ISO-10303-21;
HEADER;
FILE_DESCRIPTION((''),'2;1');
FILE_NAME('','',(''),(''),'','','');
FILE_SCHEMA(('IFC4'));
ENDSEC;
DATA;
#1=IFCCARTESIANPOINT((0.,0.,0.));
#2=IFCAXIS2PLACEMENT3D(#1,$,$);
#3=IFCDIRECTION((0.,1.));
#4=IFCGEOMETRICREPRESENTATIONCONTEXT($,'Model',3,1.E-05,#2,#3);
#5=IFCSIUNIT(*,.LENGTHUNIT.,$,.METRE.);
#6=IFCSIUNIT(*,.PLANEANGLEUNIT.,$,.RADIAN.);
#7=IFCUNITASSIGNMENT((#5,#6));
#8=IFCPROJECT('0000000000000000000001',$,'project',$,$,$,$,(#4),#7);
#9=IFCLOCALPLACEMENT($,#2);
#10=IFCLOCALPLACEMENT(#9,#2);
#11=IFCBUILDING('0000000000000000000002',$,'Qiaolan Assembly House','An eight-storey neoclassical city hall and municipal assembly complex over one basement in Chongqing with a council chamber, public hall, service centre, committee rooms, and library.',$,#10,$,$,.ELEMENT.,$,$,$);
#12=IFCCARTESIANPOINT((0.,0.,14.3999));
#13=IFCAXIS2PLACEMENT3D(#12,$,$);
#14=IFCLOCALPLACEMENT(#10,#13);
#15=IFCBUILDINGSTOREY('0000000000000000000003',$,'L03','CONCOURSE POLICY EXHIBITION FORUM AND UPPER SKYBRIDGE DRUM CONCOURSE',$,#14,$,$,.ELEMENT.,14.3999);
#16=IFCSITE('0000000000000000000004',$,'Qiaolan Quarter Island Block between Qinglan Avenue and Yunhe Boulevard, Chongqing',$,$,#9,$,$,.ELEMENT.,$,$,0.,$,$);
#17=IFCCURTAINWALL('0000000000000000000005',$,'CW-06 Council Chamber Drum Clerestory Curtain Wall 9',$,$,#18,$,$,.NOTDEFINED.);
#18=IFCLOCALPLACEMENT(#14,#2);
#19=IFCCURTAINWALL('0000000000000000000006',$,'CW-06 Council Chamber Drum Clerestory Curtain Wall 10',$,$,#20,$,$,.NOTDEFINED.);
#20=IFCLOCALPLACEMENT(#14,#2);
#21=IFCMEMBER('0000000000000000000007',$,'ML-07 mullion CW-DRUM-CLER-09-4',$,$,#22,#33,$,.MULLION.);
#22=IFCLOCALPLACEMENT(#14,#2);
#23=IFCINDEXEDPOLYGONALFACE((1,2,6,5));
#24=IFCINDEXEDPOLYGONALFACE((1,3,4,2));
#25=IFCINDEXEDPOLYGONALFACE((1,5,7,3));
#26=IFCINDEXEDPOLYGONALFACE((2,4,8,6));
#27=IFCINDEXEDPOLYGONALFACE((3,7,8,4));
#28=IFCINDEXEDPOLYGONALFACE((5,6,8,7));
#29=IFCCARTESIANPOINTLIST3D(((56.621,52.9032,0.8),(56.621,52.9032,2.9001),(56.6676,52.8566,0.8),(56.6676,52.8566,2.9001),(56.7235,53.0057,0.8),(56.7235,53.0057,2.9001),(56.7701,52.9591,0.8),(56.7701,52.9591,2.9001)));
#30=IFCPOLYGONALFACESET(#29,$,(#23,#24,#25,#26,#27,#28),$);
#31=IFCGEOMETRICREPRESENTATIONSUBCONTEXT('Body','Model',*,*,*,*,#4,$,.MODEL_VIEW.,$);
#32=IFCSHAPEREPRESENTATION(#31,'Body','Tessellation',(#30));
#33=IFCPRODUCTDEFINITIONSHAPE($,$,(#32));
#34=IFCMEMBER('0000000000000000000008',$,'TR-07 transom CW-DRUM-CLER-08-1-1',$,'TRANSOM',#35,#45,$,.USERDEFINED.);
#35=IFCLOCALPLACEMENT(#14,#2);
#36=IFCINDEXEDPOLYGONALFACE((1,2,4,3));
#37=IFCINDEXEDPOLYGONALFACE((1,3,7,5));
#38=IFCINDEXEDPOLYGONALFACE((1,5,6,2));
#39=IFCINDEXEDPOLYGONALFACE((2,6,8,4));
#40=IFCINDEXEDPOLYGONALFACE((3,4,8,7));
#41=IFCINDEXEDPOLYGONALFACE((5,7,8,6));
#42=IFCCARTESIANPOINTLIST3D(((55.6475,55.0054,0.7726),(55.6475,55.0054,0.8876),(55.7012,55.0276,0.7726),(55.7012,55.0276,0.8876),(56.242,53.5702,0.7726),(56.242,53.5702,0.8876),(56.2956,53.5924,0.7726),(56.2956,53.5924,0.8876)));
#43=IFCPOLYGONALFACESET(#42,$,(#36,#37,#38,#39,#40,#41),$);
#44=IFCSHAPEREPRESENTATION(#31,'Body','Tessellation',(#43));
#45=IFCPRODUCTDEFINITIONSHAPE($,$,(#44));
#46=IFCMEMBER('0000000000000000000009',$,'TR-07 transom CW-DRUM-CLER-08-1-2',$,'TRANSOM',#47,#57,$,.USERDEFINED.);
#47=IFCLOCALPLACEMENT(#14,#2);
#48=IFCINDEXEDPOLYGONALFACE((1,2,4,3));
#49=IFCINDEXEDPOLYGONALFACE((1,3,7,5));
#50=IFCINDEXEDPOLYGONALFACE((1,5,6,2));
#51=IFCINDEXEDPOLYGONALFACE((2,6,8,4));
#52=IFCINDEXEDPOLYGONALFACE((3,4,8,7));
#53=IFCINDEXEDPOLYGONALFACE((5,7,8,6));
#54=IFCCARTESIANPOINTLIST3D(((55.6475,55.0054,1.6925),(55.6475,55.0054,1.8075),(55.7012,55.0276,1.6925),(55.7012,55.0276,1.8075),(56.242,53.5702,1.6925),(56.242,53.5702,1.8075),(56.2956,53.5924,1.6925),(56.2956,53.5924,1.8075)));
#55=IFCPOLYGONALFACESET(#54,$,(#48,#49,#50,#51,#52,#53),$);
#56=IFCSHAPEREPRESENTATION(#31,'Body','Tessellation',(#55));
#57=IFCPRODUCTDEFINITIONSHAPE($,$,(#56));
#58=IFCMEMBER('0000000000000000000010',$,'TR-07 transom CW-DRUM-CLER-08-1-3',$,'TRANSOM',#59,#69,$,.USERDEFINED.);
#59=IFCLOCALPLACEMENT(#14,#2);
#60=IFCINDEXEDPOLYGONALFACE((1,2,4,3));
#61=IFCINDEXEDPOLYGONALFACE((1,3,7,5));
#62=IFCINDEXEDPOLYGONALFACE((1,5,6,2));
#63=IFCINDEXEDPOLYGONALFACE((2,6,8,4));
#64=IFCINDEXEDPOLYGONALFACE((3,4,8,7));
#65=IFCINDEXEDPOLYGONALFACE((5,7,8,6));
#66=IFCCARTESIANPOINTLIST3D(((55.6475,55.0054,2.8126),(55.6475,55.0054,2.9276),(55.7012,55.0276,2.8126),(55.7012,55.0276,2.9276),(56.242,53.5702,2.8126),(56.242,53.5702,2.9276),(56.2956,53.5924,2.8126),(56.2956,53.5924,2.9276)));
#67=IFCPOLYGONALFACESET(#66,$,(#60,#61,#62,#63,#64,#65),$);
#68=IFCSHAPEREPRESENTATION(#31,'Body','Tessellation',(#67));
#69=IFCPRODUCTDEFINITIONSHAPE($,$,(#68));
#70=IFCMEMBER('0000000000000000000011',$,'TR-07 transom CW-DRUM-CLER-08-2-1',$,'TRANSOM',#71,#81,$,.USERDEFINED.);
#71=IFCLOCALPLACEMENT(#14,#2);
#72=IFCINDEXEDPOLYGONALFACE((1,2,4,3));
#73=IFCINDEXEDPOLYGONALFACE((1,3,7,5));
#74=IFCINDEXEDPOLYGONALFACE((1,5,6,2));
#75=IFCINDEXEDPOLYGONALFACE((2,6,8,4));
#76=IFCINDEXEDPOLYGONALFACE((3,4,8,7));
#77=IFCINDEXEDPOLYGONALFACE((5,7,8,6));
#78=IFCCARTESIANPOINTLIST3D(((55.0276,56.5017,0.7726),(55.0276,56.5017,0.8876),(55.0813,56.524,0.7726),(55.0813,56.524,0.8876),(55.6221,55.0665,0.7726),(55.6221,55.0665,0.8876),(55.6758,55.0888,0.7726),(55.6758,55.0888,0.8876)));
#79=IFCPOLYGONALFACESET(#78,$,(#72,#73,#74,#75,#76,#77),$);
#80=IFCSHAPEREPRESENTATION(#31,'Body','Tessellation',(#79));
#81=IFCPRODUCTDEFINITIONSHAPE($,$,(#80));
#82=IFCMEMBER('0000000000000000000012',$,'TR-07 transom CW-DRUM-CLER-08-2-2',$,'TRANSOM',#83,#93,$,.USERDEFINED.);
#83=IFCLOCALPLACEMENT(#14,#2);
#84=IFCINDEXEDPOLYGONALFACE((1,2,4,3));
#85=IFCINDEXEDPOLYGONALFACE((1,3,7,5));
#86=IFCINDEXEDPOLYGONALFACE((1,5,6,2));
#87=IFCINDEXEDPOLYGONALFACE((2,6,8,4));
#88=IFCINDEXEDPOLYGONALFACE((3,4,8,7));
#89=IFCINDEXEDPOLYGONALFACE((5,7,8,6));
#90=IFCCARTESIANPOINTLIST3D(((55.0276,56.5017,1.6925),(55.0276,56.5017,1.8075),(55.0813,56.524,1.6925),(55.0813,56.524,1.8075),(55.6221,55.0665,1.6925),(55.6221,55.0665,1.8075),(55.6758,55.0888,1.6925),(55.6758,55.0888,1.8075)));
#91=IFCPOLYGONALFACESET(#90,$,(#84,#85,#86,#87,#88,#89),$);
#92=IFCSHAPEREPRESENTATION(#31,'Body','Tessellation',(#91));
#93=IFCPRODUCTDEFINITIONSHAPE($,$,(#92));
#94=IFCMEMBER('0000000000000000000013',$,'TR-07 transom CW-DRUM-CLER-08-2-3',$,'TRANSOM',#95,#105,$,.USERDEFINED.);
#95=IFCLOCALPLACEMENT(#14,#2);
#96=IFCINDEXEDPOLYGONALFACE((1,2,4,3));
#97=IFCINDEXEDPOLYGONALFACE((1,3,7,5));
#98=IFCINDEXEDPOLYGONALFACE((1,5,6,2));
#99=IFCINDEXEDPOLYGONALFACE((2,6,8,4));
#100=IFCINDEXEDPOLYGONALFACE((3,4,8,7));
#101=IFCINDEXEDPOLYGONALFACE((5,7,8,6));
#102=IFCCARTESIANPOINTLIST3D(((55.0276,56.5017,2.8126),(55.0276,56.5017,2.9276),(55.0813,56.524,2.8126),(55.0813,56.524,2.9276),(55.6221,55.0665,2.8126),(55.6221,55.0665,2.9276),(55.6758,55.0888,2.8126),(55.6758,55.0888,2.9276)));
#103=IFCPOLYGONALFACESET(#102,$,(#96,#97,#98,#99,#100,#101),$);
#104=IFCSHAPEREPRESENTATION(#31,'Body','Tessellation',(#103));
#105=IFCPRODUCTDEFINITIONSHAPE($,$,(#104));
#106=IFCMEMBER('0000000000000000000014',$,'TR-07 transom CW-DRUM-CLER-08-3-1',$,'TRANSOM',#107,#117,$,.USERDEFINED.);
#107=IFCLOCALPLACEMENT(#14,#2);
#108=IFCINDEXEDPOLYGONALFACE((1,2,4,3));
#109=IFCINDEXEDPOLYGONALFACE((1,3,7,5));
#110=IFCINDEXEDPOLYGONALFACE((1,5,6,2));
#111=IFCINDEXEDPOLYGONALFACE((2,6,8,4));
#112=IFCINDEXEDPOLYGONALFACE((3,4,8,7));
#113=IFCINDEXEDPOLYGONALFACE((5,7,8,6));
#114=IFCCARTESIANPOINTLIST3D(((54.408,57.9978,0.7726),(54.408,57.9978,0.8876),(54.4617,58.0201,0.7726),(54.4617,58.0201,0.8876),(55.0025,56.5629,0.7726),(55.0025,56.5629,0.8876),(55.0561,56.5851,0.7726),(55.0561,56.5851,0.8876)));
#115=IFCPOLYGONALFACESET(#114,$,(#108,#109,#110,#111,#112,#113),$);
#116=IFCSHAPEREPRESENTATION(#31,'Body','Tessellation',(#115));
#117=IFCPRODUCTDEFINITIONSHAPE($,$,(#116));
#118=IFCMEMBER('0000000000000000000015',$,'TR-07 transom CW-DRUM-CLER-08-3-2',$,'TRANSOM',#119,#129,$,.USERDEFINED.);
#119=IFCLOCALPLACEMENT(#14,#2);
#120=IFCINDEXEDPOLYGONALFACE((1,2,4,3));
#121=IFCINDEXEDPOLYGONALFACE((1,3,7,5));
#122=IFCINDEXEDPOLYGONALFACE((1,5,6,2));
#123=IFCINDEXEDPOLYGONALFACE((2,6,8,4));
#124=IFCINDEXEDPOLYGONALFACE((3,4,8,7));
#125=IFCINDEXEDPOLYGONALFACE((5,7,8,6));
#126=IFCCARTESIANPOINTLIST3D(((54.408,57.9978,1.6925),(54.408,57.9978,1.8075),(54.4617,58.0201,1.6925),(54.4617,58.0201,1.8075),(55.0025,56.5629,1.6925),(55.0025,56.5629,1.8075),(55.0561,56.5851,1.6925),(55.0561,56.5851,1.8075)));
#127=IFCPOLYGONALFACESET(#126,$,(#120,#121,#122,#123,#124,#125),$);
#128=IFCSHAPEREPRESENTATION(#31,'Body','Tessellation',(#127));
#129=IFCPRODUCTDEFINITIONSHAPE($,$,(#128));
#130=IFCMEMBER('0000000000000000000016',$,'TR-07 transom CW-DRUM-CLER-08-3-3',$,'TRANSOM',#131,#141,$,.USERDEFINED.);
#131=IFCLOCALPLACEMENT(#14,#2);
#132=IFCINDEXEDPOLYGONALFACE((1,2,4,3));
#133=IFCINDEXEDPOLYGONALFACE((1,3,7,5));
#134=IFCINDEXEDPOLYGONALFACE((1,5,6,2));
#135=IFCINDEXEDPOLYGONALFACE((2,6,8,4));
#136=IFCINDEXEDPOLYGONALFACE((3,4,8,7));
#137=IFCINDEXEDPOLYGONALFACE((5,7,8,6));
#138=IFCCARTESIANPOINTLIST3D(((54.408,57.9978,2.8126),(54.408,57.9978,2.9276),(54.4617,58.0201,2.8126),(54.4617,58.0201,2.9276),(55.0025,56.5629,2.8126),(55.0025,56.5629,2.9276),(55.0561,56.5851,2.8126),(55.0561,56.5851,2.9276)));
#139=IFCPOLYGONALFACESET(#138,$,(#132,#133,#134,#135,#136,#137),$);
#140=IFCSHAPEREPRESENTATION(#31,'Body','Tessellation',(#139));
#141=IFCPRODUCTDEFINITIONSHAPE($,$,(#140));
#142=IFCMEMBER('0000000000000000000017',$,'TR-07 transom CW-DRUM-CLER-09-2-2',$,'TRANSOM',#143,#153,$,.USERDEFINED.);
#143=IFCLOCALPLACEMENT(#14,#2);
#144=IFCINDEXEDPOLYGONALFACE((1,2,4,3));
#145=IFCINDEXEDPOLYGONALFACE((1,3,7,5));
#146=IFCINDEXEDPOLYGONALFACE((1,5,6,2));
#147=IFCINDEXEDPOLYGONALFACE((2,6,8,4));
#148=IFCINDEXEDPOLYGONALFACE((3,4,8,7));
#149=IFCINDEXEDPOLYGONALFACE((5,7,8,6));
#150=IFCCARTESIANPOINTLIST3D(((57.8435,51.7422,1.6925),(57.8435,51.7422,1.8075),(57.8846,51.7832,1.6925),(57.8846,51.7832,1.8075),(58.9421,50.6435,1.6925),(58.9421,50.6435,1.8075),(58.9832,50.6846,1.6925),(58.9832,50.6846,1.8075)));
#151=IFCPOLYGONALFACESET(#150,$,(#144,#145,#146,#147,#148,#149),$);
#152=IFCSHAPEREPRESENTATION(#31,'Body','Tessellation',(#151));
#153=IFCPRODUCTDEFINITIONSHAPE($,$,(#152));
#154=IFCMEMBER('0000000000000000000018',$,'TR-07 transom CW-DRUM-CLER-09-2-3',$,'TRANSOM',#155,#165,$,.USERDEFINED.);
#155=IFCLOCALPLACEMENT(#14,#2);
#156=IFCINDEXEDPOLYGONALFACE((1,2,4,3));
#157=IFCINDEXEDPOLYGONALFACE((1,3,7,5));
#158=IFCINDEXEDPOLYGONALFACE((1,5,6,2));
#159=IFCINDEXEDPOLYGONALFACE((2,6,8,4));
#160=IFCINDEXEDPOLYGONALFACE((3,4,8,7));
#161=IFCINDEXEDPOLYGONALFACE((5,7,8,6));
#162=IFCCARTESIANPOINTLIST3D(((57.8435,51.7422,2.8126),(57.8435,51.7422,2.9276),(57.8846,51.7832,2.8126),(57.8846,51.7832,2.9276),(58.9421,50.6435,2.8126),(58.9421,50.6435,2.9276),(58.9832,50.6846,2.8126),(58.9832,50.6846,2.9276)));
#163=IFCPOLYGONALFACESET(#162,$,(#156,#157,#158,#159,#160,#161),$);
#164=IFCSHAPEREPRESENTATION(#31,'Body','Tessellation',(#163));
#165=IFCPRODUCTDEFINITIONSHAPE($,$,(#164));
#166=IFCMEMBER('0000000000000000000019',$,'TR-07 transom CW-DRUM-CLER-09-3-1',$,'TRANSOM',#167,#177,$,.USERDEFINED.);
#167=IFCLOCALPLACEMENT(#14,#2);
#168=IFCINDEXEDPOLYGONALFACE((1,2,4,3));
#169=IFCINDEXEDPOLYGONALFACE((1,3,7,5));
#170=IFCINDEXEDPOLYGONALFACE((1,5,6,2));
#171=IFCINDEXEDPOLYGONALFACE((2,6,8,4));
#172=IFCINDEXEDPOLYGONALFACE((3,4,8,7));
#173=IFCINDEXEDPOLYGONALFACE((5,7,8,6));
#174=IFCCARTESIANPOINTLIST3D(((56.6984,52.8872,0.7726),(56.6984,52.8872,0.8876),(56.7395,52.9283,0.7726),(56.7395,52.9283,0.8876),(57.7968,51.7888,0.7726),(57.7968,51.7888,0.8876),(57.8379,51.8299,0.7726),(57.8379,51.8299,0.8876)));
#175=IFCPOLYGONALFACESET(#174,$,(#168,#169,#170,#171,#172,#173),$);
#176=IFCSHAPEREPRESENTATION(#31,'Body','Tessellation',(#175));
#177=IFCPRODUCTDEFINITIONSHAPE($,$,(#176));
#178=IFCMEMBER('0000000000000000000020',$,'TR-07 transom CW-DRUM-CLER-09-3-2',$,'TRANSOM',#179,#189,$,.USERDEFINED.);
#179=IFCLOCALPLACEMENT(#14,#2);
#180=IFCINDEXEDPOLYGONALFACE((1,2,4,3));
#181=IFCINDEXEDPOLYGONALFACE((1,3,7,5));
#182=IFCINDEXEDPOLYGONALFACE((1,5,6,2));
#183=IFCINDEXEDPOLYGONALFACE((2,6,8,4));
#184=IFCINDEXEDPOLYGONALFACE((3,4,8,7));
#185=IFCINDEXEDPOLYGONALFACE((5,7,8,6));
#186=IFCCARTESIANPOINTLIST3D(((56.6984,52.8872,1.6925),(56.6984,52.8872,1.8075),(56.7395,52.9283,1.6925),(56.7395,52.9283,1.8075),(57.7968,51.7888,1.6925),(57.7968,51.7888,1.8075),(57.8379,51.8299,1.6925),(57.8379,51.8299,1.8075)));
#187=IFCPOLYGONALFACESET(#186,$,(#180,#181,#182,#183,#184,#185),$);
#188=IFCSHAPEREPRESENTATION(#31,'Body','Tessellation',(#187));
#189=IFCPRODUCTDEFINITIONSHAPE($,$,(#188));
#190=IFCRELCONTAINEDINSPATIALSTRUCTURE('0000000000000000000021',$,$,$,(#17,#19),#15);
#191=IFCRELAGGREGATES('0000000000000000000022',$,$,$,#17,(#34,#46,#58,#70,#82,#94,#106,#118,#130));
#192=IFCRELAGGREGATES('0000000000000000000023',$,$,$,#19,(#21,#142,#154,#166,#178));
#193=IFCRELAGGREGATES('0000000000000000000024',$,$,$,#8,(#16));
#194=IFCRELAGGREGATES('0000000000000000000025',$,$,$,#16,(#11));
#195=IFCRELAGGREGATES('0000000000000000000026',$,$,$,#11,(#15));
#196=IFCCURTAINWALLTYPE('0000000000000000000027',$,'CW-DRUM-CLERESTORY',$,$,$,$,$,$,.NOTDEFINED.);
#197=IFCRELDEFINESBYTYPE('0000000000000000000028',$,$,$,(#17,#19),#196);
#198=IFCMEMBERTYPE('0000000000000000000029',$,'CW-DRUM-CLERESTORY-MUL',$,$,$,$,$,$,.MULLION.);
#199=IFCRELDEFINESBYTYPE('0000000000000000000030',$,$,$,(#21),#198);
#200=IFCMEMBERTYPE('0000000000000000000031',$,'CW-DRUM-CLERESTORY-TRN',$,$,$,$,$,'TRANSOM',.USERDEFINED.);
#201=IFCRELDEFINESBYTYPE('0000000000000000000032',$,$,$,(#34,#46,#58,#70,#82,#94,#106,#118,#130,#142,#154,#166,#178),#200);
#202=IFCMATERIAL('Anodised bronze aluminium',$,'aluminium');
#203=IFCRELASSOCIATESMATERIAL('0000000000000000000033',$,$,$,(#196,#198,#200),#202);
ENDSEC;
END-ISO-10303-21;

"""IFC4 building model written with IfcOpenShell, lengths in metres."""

from ifc_helpers import new_model, si_unit, direction, frame, origin, origin_2d, place, context, subcontext, project, spatial, rectangle, extrude, material, material_profile, profile_set, type_object, element, aggregate, save


model = new_model("IFC4")

# Units and contexts
model_context = context("Model", 3, precision=1e-05, world=origin(), true_north=direction((0.0, 1.0)))
body_context = subcontext(model_context, "Body", "Model", "MODEL_VIEW")
ifc_project = project(units=[si_unit("LENGTHUNIT", "METRE"), si_unit("PLANEANGLEUNIT", "RADIAN")], contexts=[model_context])

# Site, building, storey
site_placement = place(None, origin())
site = spatial("IfcSite", under=ifc_project, at=site_placement, Name="Qiaolan Quarter Island Block between Qinglan Avenue and Yunhe Boulevard, Chongqing", CompositionType="ELEMENT", RefElevation=0.0)
building_placement = place(site_placement, origin())
building = spatial("IfcBuilding", under=site, at=building_placement, Name="Qiaolan Assembly House", Description="An eight-storey neoclassical city hall and municipal assembly complex over one basement in Chongqing with a council chamber, public hall, service centre, committee rooms, and library.", CompositionType="ELEMENT")
storey_placement = place(building_placement, frame((0.0, 0.0, 14.3999)))
storey = spatial("IfcBuildingStorey", under=building, at=storey_placement, Name="L03", Description="CONCOURSE POLICY EXHIBITION FORUM AND UPPER SKYBRIDGE DRUM CONCOURSE", CompositionType="ELEMENT", Elevation=14.3999)

# Curtain walls, member
ifc_material_1 = material(Name="Anodised bronze aluminium", Category="aluminium")
curtain_wall_type = type_object("IfcCurtainWallType", Name="CW-DRUM-CLERESTORY", PredefinedType="NOTDEFINED", material=ifc_material_1)
curtain_wall_1_placement = place(storey_placement, origin())
curtain_wall_1 = element("IfcCurtainWall", 1, at=curtain_wall_1_placement, inside=storey, type_object=curtain_wall_type, Name="CW-06 Council Chamber Drum Clerestory Curtain Wall 9", PredefinedType="NOTDEFINED")
ifc_material_profile_1 = material_profile(ifc_material_1, rectangle(XDim=0.0659, YDim=0.145, at=origin_2d()), Name="MUL 66x145")
ifc_profile_set_1 = profile_set([ifc_material_profile_1], Name="Anodised bronze aluminium")
member_type_1 = type_object("IfcMemberType", Name="CW-DRUM-CLERESTORY-MUL", PredefinedType="MULLION", material=ifc_profile_set_1)
curtain_wall_2_placement = place(storey_placement, origin())
curtain_wall_2 = element("IfcCurtainWall", 2, at=curtain_wall_2_placement, inside=storey, type_object=curtain_wall_type, Name="CW-06 Council Chamber Drum Clerestory Curtain Wall 10", PredefinedType="NOTDEFINED")
member_1_placement = place(storey_placement, frame((56.6956, 52.9312, 0.8), z_axis=(0.0, 0.0, 1.0), x_axis=(-0.707107, 0.707107, 0.0)))
member_1 = element("IfcMember", 3, at=member_1_placement, type_object=member_type_1, Name="ML-07 mullion CW-DRUM-CLER-09-4", PredefinedType="MULLION", context=body_context, shape_type="SweptSolid", body=[
    extrude(rectangle(XDim=0.0659, YDim=0.145, at=origin_2d()), origin(), (0.0, 0.0, 1.0), 2.1001),
])

# Members
ifc_material_profile_2 = material_profile(ifc_material_1, rectangle(XDim=0.0581, YDim=0.115, at=origin_2d()), Name="TRN 58x115")
ifc_profile_set_2 = profile_set([ifc_material_profile_2], Name="Anodised bronze aluminium")
member_type_2 = type_object("IfcMemberType", Name="CW-DRUM-CLERESTORY-TRN", ElementType="TRANSOM", PredefinedType="USERDEFINED", material=ifc_profile_set_2)
member_2_placement = place(storey_placement, frame((56.2688, 53.5813, 0.8301), z_axis=(-0.382662, 0.923889, 0.0), x_axis=(-0.923889, -0.382662, 0.0)))
member_2 = element("IfcMember", 4, at=member_2_placement, type_object=member_type_2, Name="TR-07 transom CW-DRUM-CLER-08-1-1", ObjectType="TRANSOM", PredefinedType="USERDEFINED", context=body_context, shape_type="SweptSolid", body=[
    extrude(rectangle(XDim=0.0581, YDim=0.115, at=origin_2d()), origin(), (0.0, 0.0, 1.0), 1.5535),
])
member_3_placement = place(storey_placement, frame((56.2688, 53.5813, 1.75), z_axis=(-0.382662, 0.923889, 0.0), x_axis=(-0.923889, -0.382662, 0.0)))
member_3 = element("IfcMember", 5, at=member_3_placement, type_object=member_type_2, Name="TR-07 transom CW-DRUM-CLER-08-1-2", ObjectType="TRANSOM", PredefinedType="USERDEFINED", context=body_context, shape_type="SweptSolid", body=[
    extrude(rectangle(XDim=0.0581, YDim=0.115, at=origin_2d()), origin(), (0.0, 0.0, 1.0), 1.5535),
])
member_4_placement = place(storey_placement, frame((56.2688, 53.5813, 2.8701), z_axis=(-0.382662, 0.923889, 0.0), x_axis=(-0.923889, -0.382662, 0.0)))
member_4 = element("IfcMember", 6, at=member_4_placement, type_object=member_type_2, Name="TR-07 transom CW-DRUM-CLER-08-1-3", ObjectType="TRANSOM", PredefinedType="USERDEFINED", context=body_context, shape_type="SweptSolid", body=[
    extrude(rectangle(XDim=0.0581, YDim=0.115, at=origin_2d()), origin(), (0.0, 0.0, 1.0), 1.5535),
])
member_5_placement = place(storey_placement, frame((55.6489, 55.0776, 0.8301), z_axis=(-0.382662, 0.923889, 0.0), x_axis=(-0.923889, -0.382662, 0.0)))
member_5 = element("IfcMember", 7, at=member_5_placement, type_object=member_type_2, Name="TR-07 transom CW-DRUM-CLER-08-2-1", ObjectType="TRANSOM", PredefinedType="USERDEFINED", context=body_context, shape_type="SweptSolid", body=[
    extrude(rectangle(XDim=0.0581, YDim=0.115, at=origin_2d()), origin(), (0.0, 0.0, 1.0), 1.5535),
])
member_6_placement = place(storey_placement, frame((55.6489, 55.0776, 1.75), z_axis=(-0.382662, 0.923889, 0.0), x_axis=(-0.923889, -0.382662, 0.0)))
member_6 = element("IfcMember", 8, at=member_6_placement, type_object=member_type_2, Name="TR-07 transom CW-DRUM-CLER-08-2-2", ObjectType="TRANSOM", PredefinedType="USERDEFINED", context=body_context, shape_type="SweptSolid", body=[
    extrude(rectangle(XDim=0.0581, YDim=0.115, at=origin_2d()), origin(), (0.0, 0.0, 1.0), 1.5535),
])
member_7_placement = place(storey_placement, frame((55.6489, 55.0776, 2.8701), z_axis=(-0.382662, 0.923889, 0.0), x_axis=(-0.923889, -0.382662, 0.0)))
member_7 = element("IfcMember", 9, at=member_7_placement, type_object=member_type_2, Name="TR-07 transom CW-DRUM-CLER-08-2-3", ObjectType="TRANSOM", PredefinedType="USERDEFINED", context=body_context, shape_type="SweptSolid", body=[
    extrude(rectangle(XDim=0.0581, YDim=0.115, at=origin_2d()), origin(), (0.0, 0.0, 1.0), 1.5535),
])
member_8_placement = place(storey_placement, frame((55.0293, 56.574, 0.8301), z_axis=(-0.382717, 0.923865, 0.0), x_axis=(-0.923865, -0.382717, 0.0)))
member_8 = element("IfcMember", 10, at=member_8_placement, type_object=member_type_2, Name="TR-07 transom CW-DRUM-CLER-08-3-1", ObjectType="TRANSOM", PredefinedType="USERDEFINED", context=body_context, shape_type="SweptSolid", body=[
    extrude(rectangle(XDim=0.0581, YDim=0.115, at=origin_2d()), origin(), (0.0, 0.0, 1.0), 1.5532),
])
member_9_placement = place(storey_placement, frame((55.0293, 56.574, 1.75), z_axis=(-0.382717, 0.923865, 0.0), x_axis=(-0.923865, -0.382717, 0.0)))
member_9 = element("IfcMember", 11, at=member_9_placement, type_object=member_type_2, Name="TR-07 transom CW-DRUM-CLER-08-3-2", ObjectType="TRANSOM", PredefinedType="USERDEFINED", context=body_context, shape_type="SweptSolid", body=[
    extrude(rectangle(XDim=0.0581, YDim=0.115, at=origin_2d()), origin(), (0.0, 0.0, 1.0), 1.5532),
])
member_10_placement = place(storey_placement, frame((55.0293, 56.574, 2.8701), z_axis=(-0.382717, 0.923865, 0.0), x_axis=(-0.923865, -0.382717, 0.0)))
member_10 = element("IfcMember", 12, at=member_10_placement, type_object=member_type_2, Name="TR-07 transom CW-DRUM-CLER-08-3-3", ObjectType="TRANSOM", PredefinedType="USERDEFINED", context=body_context, shape_type="SweptSolid", body=[
    extrude(rectangle(XDim=0.0581, YDim=0.115, at=origin_2d()), origin(), (0.0, 0.0, 1.0), 1.5532),
])
member_11_placement = place(storey_placement, frame((58.9626, 50.6641, 1.75), z_axis=(-0.707107, 0.707107, 0.0), x_axis=(-0.707107, -0.707107, 0.0)))
member_11 = element("IfcMember", 13, at=member_11_placement, type_object=member_type_2, Name="TR-07 transom CW-DRUM-CLER-09-2-2", ObjectType="TRANSOM", PredefinedType="USERDEFINED", context=body_context, shape_type="SweptSolid", body=[
    extrude(rectangle(XDim=0.0581, YDim=0.115, at=origin_2d()), origin(), (0.0, 0.0, 1.0), 1.5537),
])
member_12_placement = place(storey_placement, frame((58.9626, 50.6641, 2.8701), z_axis=(-0.707107, 0.707107, 0.0), x_axis=(-0.707107, -0.707107, 0.0)))
member_12 = element("IfcMember", 14, at=member_12_placement, type_object=member_type_2, Name="TR-07 transom CW-DRUM-CLER-09-2-3", ObjectType="TRANSOM", PredefinedType="USERDEFINED", context=body_context, shape_type="SweptSolid", body=[
    extrude(rectangle(XDim=0.0581, YDim=0.115, at=origin_2d()), origin(), (0.0, 0.0, 1.0), 1.5537),
])
member_13_placement = place(storey_placement, frame((57.8174, 51.8093, 0.8301), z_axis=(-0.707107, 0.707107, 0.0), x_axis=(-0.707107, -0.707107, 0.0)))
member_13 = element("IfcMember", 15, at=member_13_placement, type_object=member_type_2, Name="TR-07 transom CW-DRUM-CLER-09-3-1", ObjectType="TRANSOM", PredefinedType="USERDEFINED", context=body_context, shape_type="SweptSolid", body=[
    extrude(rectangle(XDim=0.0581, YDim=0.115, at=origin_2d()), origin(), (0.0, 0.0, 1.0), 1.5535),
])
member_14_placement = place(storey_placement, frame((57.8174, 51.8093, 1.75), z_axis=(-0.707107, 0.707107, 0.0), x_axis=(-0.707107, -0.707107, 0.0)))
member_14 = element("IfcMember", 16, at=member_14_placement, type_object=member_type_2, Name="TR-07 transom CW-DRUM-CLER-09-3-2", ObjectType="TRANSOM", PredefinedType="USERDEFINED", context=body_context, shape_type="SweptSolid", body=[
    extrude(rectangle(XDim=0.0581, YDim=0.115, at=origin_2d()), origin(), (0.0, 0.0, 1.0), 1.5535),
])

aggregate(curtain_wall_1, [member_2, member_3, member_4, member_5, member_6, member_7, member_8, member_9, member_10])
aggregate(curtain_wall_2, [member_1, member_11, member_12, member_13, member_14])

save(model, "model.ifc")
